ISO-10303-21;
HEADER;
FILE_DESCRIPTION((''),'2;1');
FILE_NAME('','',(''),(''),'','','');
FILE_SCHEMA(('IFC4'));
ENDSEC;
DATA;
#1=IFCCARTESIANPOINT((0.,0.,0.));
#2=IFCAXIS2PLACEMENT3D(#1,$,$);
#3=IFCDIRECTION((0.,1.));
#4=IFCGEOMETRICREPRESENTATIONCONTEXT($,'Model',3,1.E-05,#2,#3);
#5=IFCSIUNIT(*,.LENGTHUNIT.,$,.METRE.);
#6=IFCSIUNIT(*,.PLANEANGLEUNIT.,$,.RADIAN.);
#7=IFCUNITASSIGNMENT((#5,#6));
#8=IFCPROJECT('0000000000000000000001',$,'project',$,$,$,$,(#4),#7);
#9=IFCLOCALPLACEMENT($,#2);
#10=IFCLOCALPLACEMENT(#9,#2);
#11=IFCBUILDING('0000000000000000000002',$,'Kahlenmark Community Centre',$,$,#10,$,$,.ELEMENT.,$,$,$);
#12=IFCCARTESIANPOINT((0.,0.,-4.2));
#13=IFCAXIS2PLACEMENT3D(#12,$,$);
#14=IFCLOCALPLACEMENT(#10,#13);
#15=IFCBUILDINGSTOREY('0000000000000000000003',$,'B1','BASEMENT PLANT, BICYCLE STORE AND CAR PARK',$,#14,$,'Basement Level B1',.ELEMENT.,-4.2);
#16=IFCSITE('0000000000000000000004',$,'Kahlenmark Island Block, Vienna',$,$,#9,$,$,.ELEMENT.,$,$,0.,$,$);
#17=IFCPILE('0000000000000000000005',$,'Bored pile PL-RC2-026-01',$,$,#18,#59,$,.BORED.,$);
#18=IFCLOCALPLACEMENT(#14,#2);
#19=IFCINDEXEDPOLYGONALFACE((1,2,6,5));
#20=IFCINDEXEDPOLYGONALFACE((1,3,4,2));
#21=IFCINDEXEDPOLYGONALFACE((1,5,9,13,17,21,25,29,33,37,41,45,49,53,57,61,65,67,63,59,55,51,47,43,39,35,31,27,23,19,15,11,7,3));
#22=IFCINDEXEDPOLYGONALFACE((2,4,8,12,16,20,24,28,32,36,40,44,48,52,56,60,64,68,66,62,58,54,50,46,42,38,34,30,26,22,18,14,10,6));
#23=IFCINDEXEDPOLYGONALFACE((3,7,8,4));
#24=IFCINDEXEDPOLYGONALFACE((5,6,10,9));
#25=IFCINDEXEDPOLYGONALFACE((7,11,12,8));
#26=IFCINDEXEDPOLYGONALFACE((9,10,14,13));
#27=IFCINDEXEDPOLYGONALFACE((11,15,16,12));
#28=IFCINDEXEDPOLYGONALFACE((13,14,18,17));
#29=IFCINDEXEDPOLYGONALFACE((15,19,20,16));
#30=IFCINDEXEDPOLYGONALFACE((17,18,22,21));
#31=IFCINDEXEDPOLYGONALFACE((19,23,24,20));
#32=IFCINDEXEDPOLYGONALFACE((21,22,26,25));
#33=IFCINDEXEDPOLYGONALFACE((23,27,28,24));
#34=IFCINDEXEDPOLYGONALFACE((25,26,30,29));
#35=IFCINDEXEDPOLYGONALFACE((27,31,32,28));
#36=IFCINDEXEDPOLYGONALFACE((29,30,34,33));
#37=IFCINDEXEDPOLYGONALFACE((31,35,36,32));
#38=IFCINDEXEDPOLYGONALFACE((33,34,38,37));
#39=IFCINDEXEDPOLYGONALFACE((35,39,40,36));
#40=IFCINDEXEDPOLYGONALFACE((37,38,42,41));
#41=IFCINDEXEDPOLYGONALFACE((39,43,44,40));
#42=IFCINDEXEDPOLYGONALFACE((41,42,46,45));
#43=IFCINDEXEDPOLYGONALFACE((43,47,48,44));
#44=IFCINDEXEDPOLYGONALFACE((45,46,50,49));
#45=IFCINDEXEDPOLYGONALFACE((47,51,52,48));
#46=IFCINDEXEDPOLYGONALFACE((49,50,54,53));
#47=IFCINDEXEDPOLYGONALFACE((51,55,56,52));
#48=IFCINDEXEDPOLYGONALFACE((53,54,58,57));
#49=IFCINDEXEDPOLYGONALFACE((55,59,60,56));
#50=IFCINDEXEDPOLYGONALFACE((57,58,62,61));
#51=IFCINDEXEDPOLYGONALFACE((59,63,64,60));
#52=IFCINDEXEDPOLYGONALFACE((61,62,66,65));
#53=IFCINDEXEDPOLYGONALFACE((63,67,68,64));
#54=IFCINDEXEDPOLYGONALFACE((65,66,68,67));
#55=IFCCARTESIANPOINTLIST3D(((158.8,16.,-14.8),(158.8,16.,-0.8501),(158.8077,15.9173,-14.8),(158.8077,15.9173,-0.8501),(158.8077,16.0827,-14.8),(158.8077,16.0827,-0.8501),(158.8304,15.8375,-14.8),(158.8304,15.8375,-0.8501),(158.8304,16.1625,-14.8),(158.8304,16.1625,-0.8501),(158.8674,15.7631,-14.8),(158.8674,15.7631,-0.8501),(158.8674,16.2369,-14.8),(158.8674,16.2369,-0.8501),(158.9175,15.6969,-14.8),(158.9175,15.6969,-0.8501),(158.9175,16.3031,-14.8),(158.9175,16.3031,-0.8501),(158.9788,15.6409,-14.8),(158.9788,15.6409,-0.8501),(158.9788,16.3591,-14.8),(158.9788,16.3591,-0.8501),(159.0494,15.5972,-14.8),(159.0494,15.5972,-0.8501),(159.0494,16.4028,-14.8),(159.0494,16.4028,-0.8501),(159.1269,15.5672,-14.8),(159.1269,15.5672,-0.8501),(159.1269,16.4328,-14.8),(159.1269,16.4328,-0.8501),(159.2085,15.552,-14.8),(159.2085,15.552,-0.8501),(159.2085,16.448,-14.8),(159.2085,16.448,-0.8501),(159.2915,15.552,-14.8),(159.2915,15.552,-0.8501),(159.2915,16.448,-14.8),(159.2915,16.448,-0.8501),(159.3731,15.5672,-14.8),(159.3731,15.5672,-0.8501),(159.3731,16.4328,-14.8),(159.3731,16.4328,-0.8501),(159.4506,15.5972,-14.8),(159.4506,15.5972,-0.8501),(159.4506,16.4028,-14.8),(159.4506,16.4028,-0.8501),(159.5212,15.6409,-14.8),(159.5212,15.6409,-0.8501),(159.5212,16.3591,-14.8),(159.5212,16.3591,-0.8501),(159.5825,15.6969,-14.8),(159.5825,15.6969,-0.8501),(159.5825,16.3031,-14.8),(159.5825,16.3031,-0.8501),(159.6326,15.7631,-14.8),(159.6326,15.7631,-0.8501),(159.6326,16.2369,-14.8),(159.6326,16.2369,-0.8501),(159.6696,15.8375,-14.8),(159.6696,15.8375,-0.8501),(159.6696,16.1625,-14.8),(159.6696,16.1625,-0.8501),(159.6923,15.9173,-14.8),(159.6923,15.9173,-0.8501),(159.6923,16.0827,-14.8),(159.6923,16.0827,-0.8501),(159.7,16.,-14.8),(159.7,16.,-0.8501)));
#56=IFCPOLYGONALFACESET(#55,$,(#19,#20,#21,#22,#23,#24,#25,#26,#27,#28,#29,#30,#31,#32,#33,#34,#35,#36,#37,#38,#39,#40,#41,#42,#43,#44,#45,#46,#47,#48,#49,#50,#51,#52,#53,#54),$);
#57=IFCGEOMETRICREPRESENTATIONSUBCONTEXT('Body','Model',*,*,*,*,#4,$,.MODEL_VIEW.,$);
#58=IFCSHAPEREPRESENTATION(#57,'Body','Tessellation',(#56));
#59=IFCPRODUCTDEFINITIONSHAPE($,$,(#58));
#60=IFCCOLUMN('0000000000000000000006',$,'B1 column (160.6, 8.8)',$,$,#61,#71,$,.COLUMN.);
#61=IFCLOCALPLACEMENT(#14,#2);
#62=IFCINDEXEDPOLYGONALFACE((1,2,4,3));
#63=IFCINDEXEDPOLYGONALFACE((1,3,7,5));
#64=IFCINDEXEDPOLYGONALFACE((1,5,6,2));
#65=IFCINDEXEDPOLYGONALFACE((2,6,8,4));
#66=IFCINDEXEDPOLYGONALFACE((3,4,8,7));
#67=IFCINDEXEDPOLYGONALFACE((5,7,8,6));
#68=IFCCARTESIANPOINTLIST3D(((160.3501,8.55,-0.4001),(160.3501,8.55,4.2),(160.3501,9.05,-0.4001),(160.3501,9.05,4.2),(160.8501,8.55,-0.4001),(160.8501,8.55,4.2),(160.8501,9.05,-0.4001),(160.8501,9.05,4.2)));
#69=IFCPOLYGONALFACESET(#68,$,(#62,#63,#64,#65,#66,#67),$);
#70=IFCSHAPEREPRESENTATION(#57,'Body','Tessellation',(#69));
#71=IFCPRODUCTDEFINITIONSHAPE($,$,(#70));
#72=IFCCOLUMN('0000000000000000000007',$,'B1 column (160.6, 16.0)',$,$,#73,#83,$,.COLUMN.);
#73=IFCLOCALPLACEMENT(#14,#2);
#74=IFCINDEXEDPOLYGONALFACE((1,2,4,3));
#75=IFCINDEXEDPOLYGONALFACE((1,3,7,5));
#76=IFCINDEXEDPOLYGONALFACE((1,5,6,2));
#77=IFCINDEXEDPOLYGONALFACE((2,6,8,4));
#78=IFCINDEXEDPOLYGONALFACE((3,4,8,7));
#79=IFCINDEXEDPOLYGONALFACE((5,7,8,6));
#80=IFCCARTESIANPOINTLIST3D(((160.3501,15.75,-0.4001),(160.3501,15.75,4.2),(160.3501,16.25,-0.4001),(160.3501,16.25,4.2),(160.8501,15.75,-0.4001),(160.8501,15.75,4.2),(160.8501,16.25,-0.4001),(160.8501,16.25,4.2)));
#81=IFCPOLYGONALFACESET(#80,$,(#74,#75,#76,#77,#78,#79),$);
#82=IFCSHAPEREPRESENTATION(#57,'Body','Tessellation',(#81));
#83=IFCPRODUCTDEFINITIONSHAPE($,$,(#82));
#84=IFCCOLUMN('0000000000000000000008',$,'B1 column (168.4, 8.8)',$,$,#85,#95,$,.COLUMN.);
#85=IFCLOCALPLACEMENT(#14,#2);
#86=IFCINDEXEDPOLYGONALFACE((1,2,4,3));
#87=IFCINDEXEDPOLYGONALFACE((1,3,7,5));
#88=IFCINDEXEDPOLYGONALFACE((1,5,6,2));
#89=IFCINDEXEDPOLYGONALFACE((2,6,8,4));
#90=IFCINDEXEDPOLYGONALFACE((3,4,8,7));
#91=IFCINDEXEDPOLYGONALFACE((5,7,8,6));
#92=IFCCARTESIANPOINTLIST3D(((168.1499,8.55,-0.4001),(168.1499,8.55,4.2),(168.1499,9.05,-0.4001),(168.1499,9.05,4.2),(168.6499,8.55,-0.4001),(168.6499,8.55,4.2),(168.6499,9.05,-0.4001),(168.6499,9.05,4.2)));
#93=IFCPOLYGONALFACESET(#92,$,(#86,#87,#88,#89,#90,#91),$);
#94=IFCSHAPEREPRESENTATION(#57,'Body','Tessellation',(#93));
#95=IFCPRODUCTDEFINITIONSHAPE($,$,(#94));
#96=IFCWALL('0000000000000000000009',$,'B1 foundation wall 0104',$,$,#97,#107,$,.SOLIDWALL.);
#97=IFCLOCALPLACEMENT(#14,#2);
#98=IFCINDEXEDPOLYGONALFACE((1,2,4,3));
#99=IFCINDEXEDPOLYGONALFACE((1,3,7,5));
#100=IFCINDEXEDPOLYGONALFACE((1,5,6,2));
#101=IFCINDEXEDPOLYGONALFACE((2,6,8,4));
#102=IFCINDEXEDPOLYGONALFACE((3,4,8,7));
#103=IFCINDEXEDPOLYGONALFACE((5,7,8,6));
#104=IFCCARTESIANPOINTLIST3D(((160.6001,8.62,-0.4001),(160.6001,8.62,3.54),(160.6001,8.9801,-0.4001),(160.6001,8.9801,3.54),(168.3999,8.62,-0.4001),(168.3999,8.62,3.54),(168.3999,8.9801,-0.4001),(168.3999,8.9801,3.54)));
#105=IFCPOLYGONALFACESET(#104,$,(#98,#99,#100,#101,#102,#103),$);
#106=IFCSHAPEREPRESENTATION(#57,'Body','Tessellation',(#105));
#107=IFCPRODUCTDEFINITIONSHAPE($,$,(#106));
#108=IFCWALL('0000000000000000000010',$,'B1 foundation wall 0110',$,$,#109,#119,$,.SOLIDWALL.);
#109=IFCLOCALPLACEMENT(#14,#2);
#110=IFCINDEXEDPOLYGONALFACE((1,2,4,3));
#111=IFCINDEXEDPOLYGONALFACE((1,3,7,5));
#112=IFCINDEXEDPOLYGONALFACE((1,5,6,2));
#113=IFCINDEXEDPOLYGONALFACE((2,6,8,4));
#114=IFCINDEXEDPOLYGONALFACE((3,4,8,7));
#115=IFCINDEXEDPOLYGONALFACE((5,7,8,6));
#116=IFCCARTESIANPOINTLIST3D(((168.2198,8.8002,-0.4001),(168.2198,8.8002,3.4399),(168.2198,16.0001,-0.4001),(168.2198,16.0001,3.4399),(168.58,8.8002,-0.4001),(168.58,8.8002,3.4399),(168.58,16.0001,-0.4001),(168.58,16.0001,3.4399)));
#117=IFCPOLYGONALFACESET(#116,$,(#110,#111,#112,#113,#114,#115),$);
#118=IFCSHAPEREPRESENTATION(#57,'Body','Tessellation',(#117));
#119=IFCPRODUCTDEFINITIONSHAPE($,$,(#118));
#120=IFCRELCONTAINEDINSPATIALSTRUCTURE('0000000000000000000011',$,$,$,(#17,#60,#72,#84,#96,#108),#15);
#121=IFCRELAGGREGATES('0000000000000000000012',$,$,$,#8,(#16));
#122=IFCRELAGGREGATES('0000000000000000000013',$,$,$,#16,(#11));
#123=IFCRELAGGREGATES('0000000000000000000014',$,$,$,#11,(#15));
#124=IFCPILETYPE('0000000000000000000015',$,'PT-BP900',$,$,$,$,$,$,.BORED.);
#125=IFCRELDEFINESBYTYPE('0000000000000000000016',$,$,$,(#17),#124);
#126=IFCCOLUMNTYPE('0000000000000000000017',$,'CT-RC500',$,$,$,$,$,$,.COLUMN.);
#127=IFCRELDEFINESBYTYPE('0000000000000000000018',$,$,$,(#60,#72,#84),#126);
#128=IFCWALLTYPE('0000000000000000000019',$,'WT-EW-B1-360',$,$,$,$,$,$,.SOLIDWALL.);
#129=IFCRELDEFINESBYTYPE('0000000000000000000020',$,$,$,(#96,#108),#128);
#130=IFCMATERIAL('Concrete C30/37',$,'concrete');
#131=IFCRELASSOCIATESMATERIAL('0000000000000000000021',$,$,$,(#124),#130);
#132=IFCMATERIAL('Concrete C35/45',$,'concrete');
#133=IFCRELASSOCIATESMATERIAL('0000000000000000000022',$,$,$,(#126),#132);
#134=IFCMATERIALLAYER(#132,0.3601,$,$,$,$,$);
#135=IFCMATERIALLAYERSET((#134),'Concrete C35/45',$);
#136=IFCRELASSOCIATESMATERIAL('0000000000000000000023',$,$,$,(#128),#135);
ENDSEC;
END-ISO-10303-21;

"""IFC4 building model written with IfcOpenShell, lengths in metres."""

from ifc_helpers import new_model, si_unit, direction, frame, frame_2d, origin, origin_2d, place, context, subcontext, project, spatial, rectangle, circle, extrude, material, layer, layer_set, material_profile, profile_set, type_object, element, save


model = new_model("IFC4")

# Units and contexts
model_context = context("Model", 3, precision=1e-05, world=origin(), true_north=direction((0.0, 1.0)))
body_context = subcontext(model_context, "Body", "Model", "MODEL_VIEW")
ifc_project = project(units=[si_unit("LENGTHUNIT", "METRE"), si_unit("PLANEANGLEUNIT", "RADIAN")], contexts=[model_context])

# Site, building, storey
site_placement = place(None, origin())
site = spatial("IfcSite", under=ifc_project, at=site_placement, Name="Kahlenmark Island Block, Vienna", CompositionType="ELEMENT", RefElevation=0.0)
building_placement = place(site_placement, origin())
building = spatial("IfcBuilding", under=site, at=building_placement, Name="Kahlenmark Community Centre", CompositionType="ELEMENT")
storey_placement = place(building_placement, frame((0.0, 0.0, -4.2)))
storey = spatial("IfcBuildingStorey", under=building, at=storey_placement, Name="B1", Description="BASEMENT PLANT, BICYCLE STORE AND CAR PARK", LongName="Basement Level B1", CompositionType="ELEMENT", Elevation=-4.2)

# Shared definitions
ifc_material_1 = material(Name="Concrete C30/37", Category="concrete")

# Pile
ifc_material_profile_1 = material_profile(ifc_material_1, circle(Radius=0.45, at=origin_2d()), Name="BORED PILE 900")
ifc_profile_set_1 = profile_set([ifc_material_profile_1], Name="Concrete C30/37")
pile_type_1 = type_object("IfcPileType", Name="PT-BP900", PredefinedType="BORED", material=ifc_profile_set_1)
for number, where, z_axis, x_axis, name in (
    (1, (159.25, 16.0, -0.8501), (0.0, 0.0, -1.0), (1.0, 0.0, 0.0), "Bored pile PL-RC2-026-01"),
):
    element("IfcPile", number, at=place(storey_placement, frame(where, z_axis=z_axis, x_axis=x_axis)), inside=storey, type_object=pile_type_1, Name=name, PredefinedType="BORED", context=body_context, shape_type="SweptSolid", body=[
        extrude(circle(Radius=0.45, at=origin_2d()), origin(), (0.0, 0.0, 1.0), 13.95),
    ])

# Columns
ifc_material_2 = material(Name="Concrete C35/45", Category="concrete")
ifc_material_profile_2 = material_profile(ifc_material_2, rectangle(XDim=0.5, YDim=0.5, at=origin_2d()), Name="RC 500x500")
ifc_profile_set_2 = profile_set([ifc_material_profile_2], Name="Concrete C35/45")
column_type = type_object("IfcColumnType", Name="CT-RC500", PredefinedType="COLUMN", material=ifc_profile_set_2)
for number, where, z_axis, x_axis, name in (
    (2, (160.6001, 8.8, -0.4001), (0.0, 0.0, 1.0), (1.0, 0.0, 0.0), "B1 column (160.6, 8.8)"),
    (3, (160.6001, 16.0, -0.4001), (0.0, 0.0, 1.0), (1.0, 0.0, 0.0), "B1 column (160.6, 16.0)"),
    (4, (168.3999, 8.8, -0.4001), (0.0, 0.0, 1.0), (1.0, 0.0, 0.0), "B1 column (168.4, 8.8)"),
):
    element("IfcColumn", number, at=place(storey_placement, frame(where, z_axis=z_axis, x_axis=x_axis)), inside=storey, type_object=column_type, Name=name, PredefinedType="COLUMN", context=body_context, shape_type="SweptSolid", body=[
        extrude(rectangle(XDim=0.5, YDim=0.5, at=origin_2d()), origin(), (0.0, 0.0, 1.0), 4.6001),
    ])

# Walls
ifc_layer = layer(ifc_material_2, 0.3601)
ifc_layer_set = layer_set([ifc_layer], Name="Concrete C35/45")
wall_type = type_object("IfcWallType", Name="WT-EW-B1-360", PredefinedType="SOLIDWALL", material=ifc_layer_set)
wall_1_placement = place(storey_placement, frame((160.6001, 8.8, -0.4001), z_axis=(0.0, 0.0, 1.0), x_axis=(1.0, 0.0, 0.0)))
element("IfcWall", 5, at=wall_1_placement, inside=storey, type_object=wall_type, Name="B1 foundation wall 0104", PredefinedType="SOLIDWALL", context=body_context, shape_type="SweptSolid", body=[
    extrude(rectangle(XDim=7.7998, YDim=0.3601, at=frame_2d((3.8999, 0.0))), origin(), (0.0, 0.0, 1.0), 3.9402),
])
wall_2_placement = place(storey_placement, frame((168.3999, 8.8, -0.4001), z_axis=(0.0, 0.0, 1.0), x_axis=(0.0, 1.0, 0.0)))
element("IfcWall", 6, at=wall_2_placement, inside=storey, type_object=wall_type, Name="B1 foundation wall 0110", PredefinedType="SOLIDWALL", context=body_context, shape_type="SweptSolid", body=[
    extrude(rectangle(XDim=7.2, YDim=0.3601, at=frame_2d((3.6001, 0.0))), origin(), (0.0, 0.0, 1.0), 3.8401),
])

save(model, "model.ifc")
